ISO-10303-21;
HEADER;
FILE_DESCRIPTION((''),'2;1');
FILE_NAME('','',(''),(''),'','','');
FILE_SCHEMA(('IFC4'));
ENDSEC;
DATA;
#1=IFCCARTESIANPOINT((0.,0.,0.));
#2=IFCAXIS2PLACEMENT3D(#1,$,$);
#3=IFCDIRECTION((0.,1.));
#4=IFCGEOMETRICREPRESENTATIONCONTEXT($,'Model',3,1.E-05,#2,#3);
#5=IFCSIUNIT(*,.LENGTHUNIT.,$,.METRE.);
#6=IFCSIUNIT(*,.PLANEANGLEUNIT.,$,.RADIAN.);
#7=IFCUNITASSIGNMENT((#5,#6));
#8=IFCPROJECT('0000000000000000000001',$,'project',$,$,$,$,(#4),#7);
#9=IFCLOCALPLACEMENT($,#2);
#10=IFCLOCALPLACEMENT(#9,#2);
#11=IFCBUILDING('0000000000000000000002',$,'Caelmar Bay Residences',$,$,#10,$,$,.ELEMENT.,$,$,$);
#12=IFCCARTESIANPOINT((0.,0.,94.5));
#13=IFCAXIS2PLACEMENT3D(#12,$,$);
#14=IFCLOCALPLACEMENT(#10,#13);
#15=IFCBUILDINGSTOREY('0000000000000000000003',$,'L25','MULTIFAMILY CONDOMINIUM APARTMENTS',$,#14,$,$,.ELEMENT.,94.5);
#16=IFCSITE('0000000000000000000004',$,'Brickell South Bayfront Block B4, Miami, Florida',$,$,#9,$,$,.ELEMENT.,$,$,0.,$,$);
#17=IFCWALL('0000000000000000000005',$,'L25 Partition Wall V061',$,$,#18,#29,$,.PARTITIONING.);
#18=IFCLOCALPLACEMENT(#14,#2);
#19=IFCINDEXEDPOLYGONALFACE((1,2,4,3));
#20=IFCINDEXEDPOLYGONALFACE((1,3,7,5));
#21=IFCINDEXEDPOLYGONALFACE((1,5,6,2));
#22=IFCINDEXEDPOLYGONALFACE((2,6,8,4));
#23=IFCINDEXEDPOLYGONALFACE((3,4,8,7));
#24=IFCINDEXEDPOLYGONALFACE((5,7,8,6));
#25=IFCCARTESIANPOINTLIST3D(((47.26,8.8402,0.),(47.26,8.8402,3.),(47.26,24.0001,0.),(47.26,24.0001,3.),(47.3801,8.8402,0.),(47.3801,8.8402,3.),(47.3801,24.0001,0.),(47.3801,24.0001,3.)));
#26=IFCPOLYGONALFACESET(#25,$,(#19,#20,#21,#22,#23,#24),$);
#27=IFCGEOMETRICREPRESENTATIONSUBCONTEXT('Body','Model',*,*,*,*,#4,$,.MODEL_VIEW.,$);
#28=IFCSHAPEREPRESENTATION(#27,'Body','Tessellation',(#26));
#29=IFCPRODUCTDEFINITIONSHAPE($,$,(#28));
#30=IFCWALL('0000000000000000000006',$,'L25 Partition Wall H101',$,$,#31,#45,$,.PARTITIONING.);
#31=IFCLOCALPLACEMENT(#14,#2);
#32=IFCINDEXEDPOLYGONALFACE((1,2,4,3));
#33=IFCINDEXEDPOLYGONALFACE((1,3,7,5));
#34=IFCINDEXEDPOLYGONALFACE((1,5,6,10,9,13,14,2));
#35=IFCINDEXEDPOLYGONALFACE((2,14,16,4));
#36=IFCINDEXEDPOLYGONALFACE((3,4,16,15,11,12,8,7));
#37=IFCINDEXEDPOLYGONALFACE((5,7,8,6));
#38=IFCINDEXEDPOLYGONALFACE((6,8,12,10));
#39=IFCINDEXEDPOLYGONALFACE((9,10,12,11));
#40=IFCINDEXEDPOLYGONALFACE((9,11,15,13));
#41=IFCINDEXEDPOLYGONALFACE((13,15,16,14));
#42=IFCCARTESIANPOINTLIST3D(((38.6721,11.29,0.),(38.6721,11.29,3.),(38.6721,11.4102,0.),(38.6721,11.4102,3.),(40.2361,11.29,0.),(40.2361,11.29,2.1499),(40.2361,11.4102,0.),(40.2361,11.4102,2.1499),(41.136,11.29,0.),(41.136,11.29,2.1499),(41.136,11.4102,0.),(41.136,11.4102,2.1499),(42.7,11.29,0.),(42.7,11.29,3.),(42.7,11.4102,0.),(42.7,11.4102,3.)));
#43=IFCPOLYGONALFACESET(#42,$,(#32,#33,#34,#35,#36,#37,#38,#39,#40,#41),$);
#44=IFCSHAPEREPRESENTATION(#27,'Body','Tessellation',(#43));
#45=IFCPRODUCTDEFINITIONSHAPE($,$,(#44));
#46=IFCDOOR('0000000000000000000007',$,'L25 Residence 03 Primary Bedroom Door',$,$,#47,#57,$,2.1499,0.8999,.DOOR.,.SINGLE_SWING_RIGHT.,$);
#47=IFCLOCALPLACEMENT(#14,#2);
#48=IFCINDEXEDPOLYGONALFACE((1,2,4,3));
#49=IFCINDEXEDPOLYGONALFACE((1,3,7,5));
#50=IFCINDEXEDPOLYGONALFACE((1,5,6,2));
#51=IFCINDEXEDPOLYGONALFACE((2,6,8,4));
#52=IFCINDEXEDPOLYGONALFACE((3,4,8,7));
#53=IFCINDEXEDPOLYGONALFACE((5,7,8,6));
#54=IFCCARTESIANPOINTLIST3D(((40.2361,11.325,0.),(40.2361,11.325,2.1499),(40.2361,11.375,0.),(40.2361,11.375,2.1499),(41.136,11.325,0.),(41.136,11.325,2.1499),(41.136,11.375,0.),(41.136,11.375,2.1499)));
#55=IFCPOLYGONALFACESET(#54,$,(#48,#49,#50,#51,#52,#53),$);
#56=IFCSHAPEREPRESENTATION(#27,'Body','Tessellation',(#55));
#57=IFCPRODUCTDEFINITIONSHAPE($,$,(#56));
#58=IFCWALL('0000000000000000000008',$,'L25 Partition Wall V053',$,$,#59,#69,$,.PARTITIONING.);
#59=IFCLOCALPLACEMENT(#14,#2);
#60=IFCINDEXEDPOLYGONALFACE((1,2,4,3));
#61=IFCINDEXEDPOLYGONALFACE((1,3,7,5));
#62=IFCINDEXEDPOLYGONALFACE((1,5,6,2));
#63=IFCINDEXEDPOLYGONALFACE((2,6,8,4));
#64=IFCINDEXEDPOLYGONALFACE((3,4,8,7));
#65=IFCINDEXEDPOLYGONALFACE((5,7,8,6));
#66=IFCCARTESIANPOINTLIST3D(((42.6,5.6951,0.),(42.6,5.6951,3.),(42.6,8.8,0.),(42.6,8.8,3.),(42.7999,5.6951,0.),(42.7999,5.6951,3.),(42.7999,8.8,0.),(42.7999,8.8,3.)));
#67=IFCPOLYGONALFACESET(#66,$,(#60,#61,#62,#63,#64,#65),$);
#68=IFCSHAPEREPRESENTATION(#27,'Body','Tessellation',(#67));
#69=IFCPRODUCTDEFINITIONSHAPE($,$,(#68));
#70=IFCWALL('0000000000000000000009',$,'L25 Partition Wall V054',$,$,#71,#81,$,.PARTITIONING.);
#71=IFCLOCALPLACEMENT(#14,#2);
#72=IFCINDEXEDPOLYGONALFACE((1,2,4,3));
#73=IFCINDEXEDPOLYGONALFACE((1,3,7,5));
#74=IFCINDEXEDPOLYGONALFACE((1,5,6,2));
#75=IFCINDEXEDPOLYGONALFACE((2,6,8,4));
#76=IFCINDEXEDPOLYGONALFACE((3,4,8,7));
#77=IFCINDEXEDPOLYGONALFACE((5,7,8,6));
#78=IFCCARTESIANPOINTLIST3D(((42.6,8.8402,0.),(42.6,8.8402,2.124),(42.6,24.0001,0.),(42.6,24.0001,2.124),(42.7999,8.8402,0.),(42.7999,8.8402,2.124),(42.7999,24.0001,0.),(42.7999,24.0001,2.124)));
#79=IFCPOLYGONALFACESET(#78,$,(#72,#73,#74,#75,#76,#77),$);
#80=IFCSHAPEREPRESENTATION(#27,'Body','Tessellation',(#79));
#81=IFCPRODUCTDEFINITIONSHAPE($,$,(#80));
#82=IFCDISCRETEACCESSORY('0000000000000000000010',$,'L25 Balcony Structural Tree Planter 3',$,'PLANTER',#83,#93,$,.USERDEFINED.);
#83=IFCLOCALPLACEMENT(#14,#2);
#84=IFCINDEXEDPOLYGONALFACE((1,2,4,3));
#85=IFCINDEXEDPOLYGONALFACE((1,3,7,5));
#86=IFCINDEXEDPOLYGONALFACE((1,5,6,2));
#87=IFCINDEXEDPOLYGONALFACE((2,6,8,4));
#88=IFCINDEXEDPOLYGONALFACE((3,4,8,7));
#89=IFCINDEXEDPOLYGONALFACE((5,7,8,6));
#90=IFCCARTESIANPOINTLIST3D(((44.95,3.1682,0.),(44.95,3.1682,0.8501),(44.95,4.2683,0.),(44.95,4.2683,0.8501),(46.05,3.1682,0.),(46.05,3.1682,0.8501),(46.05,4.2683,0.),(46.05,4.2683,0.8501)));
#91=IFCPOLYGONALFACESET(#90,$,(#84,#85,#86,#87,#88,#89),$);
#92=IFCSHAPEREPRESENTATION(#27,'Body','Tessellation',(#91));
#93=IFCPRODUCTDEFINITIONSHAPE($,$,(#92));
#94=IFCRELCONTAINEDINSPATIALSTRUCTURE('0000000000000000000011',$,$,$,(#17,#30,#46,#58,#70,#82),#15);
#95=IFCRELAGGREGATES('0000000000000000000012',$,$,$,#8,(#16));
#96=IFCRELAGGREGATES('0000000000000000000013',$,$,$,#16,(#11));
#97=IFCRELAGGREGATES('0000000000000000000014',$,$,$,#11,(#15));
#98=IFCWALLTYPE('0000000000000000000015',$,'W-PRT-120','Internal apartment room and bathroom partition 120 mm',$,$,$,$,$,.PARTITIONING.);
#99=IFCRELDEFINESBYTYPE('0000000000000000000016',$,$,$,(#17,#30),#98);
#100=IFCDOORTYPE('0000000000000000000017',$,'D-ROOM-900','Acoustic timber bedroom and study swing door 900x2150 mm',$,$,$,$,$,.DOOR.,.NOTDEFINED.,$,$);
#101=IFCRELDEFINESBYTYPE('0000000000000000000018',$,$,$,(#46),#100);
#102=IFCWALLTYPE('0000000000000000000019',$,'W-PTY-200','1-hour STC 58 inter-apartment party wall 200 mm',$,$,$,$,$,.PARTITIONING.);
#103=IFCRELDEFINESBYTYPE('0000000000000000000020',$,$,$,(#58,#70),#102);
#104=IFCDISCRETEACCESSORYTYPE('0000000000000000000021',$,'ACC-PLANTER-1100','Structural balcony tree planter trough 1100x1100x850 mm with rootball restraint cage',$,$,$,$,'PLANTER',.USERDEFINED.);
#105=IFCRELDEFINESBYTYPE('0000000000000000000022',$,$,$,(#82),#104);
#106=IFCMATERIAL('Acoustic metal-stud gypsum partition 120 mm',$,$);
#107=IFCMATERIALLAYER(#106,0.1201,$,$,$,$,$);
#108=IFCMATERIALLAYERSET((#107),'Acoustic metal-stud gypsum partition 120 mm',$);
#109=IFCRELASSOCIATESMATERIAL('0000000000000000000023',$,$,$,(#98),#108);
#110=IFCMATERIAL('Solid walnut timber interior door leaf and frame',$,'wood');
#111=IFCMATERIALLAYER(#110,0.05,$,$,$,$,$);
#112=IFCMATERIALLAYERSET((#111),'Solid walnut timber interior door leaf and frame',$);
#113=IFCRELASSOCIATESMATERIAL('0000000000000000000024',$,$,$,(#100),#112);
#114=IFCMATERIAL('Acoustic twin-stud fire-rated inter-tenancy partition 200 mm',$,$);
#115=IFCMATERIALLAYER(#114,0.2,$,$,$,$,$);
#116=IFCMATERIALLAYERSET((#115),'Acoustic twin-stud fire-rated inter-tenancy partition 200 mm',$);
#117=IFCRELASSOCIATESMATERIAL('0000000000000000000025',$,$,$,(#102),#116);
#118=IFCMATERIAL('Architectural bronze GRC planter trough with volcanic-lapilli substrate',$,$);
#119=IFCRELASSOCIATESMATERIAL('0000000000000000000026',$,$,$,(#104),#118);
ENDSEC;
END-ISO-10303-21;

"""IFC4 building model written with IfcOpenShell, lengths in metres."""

from ifc_helpers import new_model, si_unit, direction, frame, frame_2d, origin, origin_2d, place, context, subcontext, project, spatial, rectangle, extrude, material, layer, layer_set, type_object, element, fill, save


model = new_model("IFC4")

# Units and contexts
model_context = context("Model", 3, precision=1e-05, world=origin(), true_north=direction((0.0, 1.0)))
body_context = subcontext(model_context, "Body", "Model", "MODEL_VIEW")
ifc_project = project(units=[si_unit("LENGTHUNIT", "METRE"), si_unit("PLANEANGLEUNIT", "RADIAN")], contexts=[model_context])

# Site, building, storey
site_placement = place(None, origin())
site = spatial("IfcSite", under=ifc_project, at=site_placement, Name="Brickell South Bayfront Block B4, Miami, Florida", CompositionType="ELEMENT", RefElevation=0.0)
building_placement = place(site_placement, origin())
building = spatial("IfcBuilding", under=site, at=building_placement, Name="Caelmar Bay Residences", CompositionType="ELEMENT")
storey_placement = place(building_placement, frame((0.0, 0.0, 94.5)))
storey = spatial("IfcBuildingStorey", under=building, at=storey_placement, Name="L25", Description="MULTIFAMILY CONDOMINIUM APARTMENTS", CompositionType="ELEMENT", Elevation=94.5)

# Wall
ifc_material_1 = material(Name="Acoustic metal-stud gypsum partition 120 mm")
ifc_layer_1 = layer(ifc_material_1, 0.1201)
ifc_layer_set_1 = layer_set([ifc_layer_1], Name="Acoustic metal-stud gypsum partition 120 mm")
wall_type_1 = type_object("IfcWallType", Name="W-PRT-120", Description="Internal apartment room and bathroom partition 120 mm", PredefinedType="PARTITIONING", material=ifc_layer_set_1)
wall_1_placement = place(storey_placement, frame((47.3201, 8.8401, 0.0), z_axis=(0.0, 0.0, 1.0), x_axis=(0.0, 1.0, 0.0)))
element("IfcWall", 1, at=wall_1_placement, inside=storey, type_object=wall_type_1, Name="L25 Partition Wall V061", PredefinedType="PARTITIONING", context=body_context, shape_type="SweptSolid", body=[
    extrude(rectangle(XDim=15.1599, YDim=0.1201, at=frame_2d((7.5801, 0.0))), origin(), (0.0, 0.0, 1.0), 3.0),
])

# Wall, opening, door
wall_2_placement = place(storey_placement, frame((38.6721, 11.3501, 0.0), z_axis=(0.0, 0.0, 1.0), x_axis=(1.0, 0.0, 0.0)))
wall_2 = element("IfcWall", 2, at=wall_2_placement, inside=storey, type_object=wall_type_1, Name="L25 Partition Wall H101", PredefinedType="PARTITIONING", context=body_context, shape_type="SweptSolid", body=[
    extrude(rectangle(XDim=4.0278, YDim=0.1201, at=frame_2d((2.0139, 0.0))), origin(), (0.0, 0.0, 1.0), 3.0),
])
opening_1_placement = place(wall_2_placement, frame((1.564, 0.0, 0.0)))
opening_1 = element("IfcOpeningElement", 3, at=opening_1_placement, cuts=wall_2, PredefinedType="OPENING", context=body_context, shape_type="SweptSolid", body=[
    extrude(rectangle(XDim=0.8999, YDim=2.1499, at=frame_2d((0.45, 1.075))), frame((0.0, 0.0701, 0.0), z_axis=(0.0, -1.0, 0.0), x_axis=(1.0, 0.0, 0.0)), (0.0, 0.0, 1.0), 0.1401),
])
ifc_material_2 = material(Name="Solid walnut timber interior door leaf and frame", Category="wood")
ifc_layer_2 = layer(ifc_material_2, 0.05)
ifc_layer_set_2 = layer_set([ifc_layer_2], Name="Solid walnut timber interior door leaf and frame")
door_type = type_object("IfcDoorType", Name="D-ROOM-900", Description="Acoustic timber bedroom and study swing door 900x2150 mm", OperationType="NOTDEFINED", PredefinedType="DOOR", material=ifc_layer_set_2)
door_1_placement = place(opening_1_placement, origin())
door_1 = element("IfcDoor", 4, at=door_1_placement, inside=storey, type_object=door_type, Name="L25 Residence 03 Primary Bedroom Door", OperationType="SINGLE_SWING_RIGHT", OverallHeight=2.1499, OverallWidth=0.8999, PredefinedType="DOOR", context=body_context, shape_type="SweptSolid", body=[
    extrude(rectangle(XDim=0.8999, YDim=2.1499, at=frame_2d((0.45, 1.075))), frame((0.0, 0.0249, 0.0), z_axis=(0.0, -1.0, 0.0), x_axis=(1.0, 0.0, 0.0)), (0.0, 0.0, 1.0), 0.05),
])
fill(opening_1, door_1)

# Walls
ifc_material_3 = material(Name="Acoustic twin-stud fire-rated inter-tenancy partition 200 mm")
ifc_layer_3 = layer(ifc_material_3, 0.2)
ifc_layer_set_3 = layer_set([ifc_layer_3], Name="Acoustic twin-stud fire-rated inter-tenancy partition 200 mm")
wall_type_2 = type_object("IfcWallType", Name="W-PTY-200", Description="1-hour STC 58 inter-apartment party wall 200 mm", PredefinedType="PARTITIONING", material=ifc_layer_set_3)
wall_3_placement = place(storey_placement, frame((42.7, 5.6951, 0.0), z_axis=(0.0, 0.0, 1.0), x_axis=(0.0, 1.0, 0.0)))
element("IfcWall", 5, at=wall_3_placement, inside=storey, type_object=wall_type_2, Name="L25 Partition Wall V053", PredefinedType="PARTITIONING", context=body_context, shape_type="SweptSolid", body=[
    extrude(rectangle(XDim=3.105, YDim=0.2, at=frame_2d((1.5525, 0.0))), origin(), (0.0, 0.0, 1.0), 3.0),
])
wall_4_placement = place(storey_placement, frame((42.7, 8.8401, 0.0), z_axis=(0.0, 0.0, 1.0), x_axis=(0.0, 1.0, 0.0)))
element("IfcWall", 6, at=wall_4_placement, inside=storey, type_object=wall_type_2, Name="L25 Partition Wall V054", PredefinedType="PARTITIONING", context=body_context, shape_type="SweptSolid", body=[
    extrude(rectangle(XDim=15.1599, YDim=0.2, at=frame_2d((7.5801, 0.0))), origin(), (0.0, 0.0, 1.0), 2.124),
])

# Discrete accessory
ifc_material_4 = material(Name="Architectural bronze GRC planter trough with volcanic-lapilli substrate")
discrete_accessory_type = type_object("IfcDiscreteAccessoryType", Name="ACC-PLANTER-1100", Description="Structural balcony tree planter trough 1100x1100x850 mm with rootball restraint cage", ElementType="PLANTER", PredefinedType="USERDEFINED", material=ifc_material_4)
discrete_accessory_placement = place(storey_placement, frame((45.5, 3.7183, 0.0), z_axis=(0.0, 0.0, 1.0), x_axis=(1.0, 0.0, 0.0)))
element("IfcDiscreteAccessory", 7, at=discrete_accessory_placement, inside=storey, type_object=discrete_accessory_type, Name="L25 Balcony Structural Tree Planter 3", ObjectType="PLANTER", PredefinedType="USERDEFINED", context=body_context, shape_type="SweptSolid", body=[
    extrude(rectangle(XDim=1.1001, YDim=1.1001, at=origin_2d()), origin(), (0.0, 0.0, 1.0), 0.8501),
])

save(model, "model.ifc")
